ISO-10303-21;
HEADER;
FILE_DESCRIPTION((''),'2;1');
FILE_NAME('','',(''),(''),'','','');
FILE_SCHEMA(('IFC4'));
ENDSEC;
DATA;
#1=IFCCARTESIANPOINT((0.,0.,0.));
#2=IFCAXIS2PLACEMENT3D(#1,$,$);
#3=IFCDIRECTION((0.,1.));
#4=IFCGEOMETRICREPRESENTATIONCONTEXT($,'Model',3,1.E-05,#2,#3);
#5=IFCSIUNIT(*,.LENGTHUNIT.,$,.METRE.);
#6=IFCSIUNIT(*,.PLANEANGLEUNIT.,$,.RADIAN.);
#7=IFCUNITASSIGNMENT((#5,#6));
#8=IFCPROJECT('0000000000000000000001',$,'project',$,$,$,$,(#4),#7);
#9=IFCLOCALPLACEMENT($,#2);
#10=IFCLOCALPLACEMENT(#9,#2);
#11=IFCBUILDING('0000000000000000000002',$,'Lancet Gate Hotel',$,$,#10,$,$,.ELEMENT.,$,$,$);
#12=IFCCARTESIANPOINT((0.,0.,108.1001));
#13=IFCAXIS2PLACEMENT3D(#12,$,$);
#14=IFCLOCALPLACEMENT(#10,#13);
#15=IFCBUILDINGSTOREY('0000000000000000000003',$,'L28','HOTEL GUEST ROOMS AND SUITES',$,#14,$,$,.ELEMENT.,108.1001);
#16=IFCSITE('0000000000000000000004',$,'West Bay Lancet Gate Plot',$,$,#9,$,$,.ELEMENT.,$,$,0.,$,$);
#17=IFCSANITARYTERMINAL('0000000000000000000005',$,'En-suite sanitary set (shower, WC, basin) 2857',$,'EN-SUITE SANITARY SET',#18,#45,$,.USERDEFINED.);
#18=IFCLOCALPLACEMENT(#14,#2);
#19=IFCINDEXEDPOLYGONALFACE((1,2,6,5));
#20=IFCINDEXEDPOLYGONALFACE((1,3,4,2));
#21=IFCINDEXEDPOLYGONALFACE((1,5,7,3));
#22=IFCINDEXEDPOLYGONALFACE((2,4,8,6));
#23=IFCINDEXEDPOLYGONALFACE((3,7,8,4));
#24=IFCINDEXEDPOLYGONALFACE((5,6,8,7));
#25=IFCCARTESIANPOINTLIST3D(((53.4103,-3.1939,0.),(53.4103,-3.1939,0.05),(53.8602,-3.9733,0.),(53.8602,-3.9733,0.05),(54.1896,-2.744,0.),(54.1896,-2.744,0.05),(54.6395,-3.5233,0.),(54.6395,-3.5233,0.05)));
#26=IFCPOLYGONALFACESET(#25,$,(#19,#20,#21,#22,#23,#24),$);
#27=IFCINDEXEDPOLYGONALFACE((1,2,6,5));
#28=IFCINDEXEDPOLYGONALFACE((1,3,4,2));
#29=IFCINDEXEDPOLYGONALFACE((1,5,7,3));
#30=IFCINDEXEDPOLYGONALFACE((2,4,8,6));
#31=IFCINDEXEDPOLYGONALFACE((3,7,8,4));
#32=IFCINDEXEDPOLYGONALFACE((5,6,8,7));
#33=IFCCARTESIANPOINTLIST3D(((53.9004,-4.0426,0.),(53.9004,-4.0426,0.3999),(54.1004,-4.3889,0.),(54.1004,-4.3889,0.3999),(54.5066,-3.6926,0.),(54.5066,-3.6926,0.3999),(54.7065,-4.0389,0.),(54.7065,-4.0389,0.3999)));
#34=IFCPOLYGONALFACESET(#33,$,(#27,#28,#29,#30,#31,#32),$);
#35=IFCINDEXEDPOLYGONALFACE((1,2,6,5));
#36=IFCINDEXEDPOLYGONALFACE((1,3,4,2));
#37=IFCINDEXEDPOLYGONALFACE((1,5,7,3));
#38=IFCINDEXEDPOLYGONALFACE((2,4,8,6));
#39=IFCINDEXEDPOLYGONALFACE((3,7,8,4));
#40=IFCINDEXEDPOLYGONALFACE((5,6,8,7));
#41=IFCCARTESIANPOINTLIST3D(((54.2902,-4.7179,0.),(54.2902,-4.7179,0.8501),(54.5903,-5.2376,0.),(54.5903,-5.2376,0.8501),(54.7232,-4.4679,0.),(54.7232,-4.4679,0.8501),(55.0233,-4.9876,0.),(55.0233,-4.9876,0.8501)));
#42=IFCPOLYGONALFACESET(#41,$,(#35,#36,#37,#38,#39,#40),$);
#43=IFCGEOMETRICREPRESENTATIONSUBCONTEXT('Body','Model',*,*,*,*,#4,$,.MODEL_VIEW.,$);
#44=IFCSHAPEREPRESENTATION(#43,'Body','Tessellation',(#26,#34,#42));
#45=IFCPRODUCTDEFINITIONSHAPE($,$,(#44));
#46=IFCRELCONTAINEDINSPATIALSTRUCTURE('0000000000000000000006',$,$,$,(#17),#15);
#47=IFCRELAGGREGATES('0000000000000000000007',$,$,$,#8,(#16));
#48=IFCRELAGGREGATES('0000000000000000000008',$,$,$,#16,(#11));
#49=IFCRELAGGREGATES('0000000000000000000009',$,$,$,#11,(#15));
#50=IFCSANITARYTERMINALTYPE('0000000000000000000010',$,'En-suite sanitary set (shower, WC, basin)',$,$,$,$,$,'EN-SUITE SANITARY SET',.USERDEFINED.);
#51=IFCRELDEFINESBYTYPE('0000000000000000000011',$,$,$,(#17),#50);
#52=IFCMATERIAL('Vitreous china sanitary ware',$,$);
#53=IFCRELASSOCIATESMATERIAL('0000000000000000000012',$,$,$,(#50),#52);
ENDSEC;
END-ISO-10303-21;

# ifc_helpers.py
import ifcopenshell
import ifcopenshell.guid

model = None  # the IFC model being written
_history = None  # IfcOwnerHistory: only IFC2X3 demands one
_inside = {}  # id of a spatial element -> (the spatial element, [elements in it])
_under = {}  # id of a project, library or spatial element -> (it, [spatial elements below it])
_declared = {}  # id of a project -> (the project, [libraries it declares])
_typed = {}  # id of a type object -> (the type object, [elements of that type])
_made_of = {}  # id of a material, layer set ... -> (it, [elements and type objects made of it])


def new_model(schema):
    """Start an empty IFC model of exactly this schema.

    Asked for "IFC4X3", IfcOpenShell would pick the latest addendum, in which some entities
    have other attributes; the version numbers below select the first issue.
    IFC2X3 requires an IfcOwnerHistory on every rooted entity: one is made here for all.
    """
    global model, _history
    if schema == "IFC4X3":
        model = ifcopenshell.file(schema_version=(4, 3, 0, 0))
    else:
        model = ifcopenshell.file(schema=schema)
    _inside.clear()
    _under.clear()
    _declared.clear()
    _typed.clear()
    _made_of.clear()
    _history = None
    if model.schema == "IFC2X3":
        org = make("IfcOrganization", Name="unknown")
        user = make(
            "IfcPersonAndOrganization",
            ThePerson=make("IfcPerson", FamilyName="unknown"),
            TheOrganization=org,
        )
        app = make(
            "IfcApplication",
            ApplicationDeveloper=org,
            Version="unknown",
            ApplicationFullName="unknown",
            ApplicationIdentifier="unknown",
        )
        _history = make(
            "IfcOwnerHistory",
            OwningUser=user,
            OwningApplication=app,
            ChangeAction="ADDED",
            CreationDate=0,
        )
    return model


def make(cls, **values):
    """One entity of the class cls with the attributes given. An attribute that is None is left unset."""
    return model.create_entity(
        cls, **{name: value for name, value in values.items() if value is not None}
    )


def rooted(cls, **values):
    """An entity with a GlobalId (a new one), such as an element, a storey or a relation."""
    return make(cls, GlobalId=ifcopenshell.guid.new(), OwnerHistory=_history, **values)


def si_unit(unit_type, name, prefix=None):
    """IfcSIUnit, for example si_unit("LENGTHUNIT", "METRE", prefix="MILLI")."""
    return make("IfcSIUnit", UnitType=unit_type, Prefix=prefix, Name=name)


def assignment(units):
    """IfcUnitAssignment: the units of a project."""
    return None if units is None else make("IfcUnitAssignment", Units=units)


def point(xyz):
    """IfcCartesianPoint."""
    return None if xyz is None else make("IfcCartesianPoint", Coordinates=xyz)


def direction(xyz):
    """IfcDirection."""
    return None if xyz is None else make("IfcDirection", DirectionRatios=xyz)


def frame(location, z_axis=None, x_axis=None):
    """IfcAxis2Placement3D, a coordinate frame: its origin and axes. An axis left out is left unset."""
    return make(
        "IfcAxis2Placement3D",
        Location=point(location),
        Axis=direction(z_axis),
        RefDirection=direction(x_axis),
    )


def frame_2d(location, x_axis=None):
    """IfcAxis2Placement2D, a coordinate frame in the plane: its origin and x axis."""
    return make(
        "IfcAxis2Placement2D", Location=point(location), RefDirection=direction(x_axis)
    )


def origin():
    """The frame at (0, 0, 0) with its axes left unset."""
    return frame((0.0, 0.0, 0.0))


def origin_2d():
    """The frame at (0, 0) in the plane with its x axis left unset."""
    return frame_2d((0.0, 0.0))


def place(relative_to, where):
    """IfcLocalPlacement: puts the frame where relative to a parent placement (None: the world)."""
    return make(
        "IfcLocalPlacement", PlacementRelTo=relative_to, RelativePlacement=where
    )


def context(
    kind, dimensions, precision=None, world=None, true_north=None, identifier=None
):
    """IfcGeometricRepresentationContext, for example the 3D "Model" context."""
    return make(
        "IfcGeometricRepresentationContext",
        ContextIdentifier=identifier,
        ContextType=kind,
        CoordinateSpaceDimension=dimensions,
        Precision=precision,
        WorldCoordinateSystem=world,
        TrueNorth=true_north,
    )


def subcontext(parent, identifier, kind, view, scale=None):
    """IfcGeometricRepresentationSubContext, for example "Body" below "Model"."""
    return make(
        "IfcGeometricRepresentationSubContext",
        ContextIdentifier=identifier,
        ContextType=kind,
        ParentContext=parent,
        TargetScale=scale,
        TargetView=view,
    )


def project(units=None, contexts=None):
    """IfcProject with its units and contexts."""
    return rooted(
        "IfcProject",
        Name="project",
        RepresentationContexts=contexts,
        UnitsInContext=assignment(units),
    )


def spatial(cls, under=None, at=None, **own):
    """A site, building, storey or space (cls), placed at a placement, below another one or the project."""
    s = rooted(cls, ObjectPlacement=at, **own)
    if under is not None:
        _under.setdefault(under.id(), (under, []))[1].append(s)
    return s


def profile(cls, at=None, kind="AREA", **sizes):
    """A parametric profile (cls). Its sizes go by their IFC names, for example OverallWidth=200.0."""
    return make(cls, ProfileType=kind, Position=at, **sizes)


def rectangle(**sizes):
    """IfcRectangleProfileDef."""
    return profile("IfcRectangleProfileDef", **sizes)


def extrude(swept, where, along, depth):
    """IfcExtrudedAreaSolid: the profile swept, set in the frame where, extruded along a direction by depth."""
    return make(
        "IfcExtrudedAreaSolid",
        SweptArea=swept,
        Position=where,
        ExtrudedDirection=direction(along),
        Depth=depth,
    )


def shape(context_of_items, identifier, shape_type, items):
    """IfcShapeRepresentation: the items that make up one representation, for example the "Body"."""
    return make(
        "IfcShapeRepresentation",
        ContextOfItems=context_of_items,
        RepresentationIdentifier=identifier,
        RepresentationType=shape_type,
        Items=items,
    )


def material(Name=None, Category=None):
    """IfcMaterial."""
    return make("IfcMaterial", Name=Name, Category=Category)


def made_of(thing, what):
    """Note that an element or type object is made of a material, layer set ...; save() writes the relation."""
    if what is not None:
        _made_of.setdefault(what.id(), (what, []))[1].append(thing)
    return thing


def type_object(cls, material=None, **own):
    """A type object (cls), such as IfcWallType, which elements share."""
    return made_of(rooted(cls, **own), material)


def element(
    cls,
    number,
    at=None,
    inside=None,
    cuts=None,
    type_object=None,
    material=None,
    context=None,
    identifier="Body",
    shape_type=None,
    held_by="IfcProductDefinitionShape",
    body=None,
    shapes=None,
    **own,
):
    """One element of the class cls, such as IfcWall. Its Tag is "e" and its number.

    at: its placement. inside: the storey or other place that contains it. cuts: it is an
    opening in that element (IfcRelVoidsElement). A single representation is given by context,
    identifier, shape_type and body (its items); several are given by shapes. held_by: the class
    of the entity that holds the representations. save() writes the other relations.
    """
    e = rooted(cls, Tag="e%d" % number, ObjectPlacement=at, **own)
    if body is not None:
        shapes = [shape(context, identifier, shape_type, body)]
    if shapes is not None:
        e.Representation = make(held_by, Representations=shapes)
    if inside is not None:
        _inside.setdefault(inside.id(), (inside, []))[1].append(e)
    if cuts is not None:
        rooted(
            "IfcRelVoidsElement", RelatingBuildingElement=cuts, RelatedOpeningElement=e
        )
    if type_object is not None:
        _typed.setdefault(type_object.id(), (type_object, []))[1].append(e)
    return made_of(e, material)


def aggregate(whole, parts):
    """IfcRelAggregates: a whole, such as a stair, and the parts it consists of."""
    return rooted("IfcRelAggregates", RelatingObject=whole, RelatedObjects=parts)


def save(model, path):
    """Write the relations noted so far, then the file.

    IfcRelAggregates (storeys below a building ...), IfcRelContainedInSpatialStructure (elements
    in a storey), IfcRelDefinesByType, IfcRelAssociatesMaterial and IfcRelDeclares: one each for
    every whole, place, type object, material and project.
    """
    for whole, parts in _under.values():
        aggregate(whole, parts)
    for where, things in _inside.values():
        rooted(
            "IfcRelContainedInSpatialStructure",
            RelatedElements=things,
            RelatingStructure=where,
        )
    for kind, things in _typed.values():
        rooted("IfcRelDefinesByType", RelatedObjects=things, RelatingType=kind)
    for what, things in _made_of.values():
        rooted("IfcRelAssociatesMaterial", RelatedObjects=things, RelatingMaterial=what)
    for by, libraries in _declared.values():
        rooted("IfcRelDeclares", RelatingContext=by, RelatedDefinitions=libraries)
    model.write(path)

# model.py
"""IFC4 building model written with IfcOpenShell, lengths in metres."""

from ifc_helpers import new_model, si_unit, direction, frame, origin, origin_2d, place, context, subcontext, project, spatial, rectangle, extrude, material, type_object, element, save


model = new_model("IFC4")

# Units and contexts
model_context = context("Model", 3, precision=1e-05, world=origin(), true_north=direction((0.0, 1.0)))
body_context = subcontext(model_context, "Body", "Model", "MODEL_VIEW")
ifc_project = project(units=[si_unit("LENGTHUNIT", "METRE"), si_unit("PLANEANGLEUNIT", "RADIAN")], contexts=[model_context])

# Site, building, storey
site_placement = place(None, origin())
site = spatial("IfcSite", under=ifc_project, at=site_placement, Name="West Bay Lancet Gate Plot", CompositionType="ELEMENT", RefElevation=0.0)
building_placement = place(site_placement, origin())
building = spatial("IfcBuilding", under=site, at=building_placement, Name="Lancet Gate Hotel", CompositionType="ELEMENT")
storey_placement = place(building_placement, frame((0.0, 0.0, 108.1001)))
storey = spatial("IfcBuildingStorey", under=building, at=storey_placement, Name="L28", Description="HOTEL GUEST ROOMS AND SUITES", CompositionType="ELEMENT", Elevation=108.1001)

# Sanitary terminal
ifc_material_1 = material(Name="Vitreous china sanitary ware")
sanitary_terminal_type = type_object("IfcSanitaryTerminalType", Name="En-suite sanitary set (shower, WC, basin)", ElementType="EN-SUITE SANITARY SET", PredefinedType="USERDEFINED", material=ifc_material_1)
sanitary_terminal_placement = place(storey_placement, frame((54.0249, -3.3586, 0.0), z_axis=(0.0, 0.0, 1.0), x_axis=(1.0, 0.0, 0.0)))
element("IfcSanitaryTerminal", 1, at=sanitary_terminal_placement, inside=storey, type_object=sanitary_terminal_type, Name="En-suite sanitary set (shower, WC, basin) 2857", ObjectType="EN-SUITE SANITARY SET", PredefinedType="USERDEFINED", context=body_context, shape_type="SweptSolid", body=[
    extrude(rectangle(XDim=0.8999, YDim=0.8999, at=origin_2d()), frame((0.0, 0.0, 0.0), z_axis=(0.0, 0.0, 1.0), x_axis=(-0.5, 0.866025, 0.0)), (0.0, 0.0, 1.0), 0.05),
    extrude(rectangle(XDim=0.3999, YDim=0.7, at=origin_2d()), frame((0.2786, -0.6821, 0.0), z_axis=(0.0, 0.0, 1.0), x_axis=(-0.5, 0.866025, 0.0)), (0.0, 0.0, 1.0), 0.3999),
    extrude(rectangle(XDim=0.6001, YDim=0.5, at=origin_2d()), frame((0.6318, -1.4941, 0.0), z_axis=(0.0, 0.0, 1.0), x_axis=(-0.5, 0.866025, 0.0)), (0.0, 0.0, 1.0), 0.8501),
])

save(model, "model.ifc")
